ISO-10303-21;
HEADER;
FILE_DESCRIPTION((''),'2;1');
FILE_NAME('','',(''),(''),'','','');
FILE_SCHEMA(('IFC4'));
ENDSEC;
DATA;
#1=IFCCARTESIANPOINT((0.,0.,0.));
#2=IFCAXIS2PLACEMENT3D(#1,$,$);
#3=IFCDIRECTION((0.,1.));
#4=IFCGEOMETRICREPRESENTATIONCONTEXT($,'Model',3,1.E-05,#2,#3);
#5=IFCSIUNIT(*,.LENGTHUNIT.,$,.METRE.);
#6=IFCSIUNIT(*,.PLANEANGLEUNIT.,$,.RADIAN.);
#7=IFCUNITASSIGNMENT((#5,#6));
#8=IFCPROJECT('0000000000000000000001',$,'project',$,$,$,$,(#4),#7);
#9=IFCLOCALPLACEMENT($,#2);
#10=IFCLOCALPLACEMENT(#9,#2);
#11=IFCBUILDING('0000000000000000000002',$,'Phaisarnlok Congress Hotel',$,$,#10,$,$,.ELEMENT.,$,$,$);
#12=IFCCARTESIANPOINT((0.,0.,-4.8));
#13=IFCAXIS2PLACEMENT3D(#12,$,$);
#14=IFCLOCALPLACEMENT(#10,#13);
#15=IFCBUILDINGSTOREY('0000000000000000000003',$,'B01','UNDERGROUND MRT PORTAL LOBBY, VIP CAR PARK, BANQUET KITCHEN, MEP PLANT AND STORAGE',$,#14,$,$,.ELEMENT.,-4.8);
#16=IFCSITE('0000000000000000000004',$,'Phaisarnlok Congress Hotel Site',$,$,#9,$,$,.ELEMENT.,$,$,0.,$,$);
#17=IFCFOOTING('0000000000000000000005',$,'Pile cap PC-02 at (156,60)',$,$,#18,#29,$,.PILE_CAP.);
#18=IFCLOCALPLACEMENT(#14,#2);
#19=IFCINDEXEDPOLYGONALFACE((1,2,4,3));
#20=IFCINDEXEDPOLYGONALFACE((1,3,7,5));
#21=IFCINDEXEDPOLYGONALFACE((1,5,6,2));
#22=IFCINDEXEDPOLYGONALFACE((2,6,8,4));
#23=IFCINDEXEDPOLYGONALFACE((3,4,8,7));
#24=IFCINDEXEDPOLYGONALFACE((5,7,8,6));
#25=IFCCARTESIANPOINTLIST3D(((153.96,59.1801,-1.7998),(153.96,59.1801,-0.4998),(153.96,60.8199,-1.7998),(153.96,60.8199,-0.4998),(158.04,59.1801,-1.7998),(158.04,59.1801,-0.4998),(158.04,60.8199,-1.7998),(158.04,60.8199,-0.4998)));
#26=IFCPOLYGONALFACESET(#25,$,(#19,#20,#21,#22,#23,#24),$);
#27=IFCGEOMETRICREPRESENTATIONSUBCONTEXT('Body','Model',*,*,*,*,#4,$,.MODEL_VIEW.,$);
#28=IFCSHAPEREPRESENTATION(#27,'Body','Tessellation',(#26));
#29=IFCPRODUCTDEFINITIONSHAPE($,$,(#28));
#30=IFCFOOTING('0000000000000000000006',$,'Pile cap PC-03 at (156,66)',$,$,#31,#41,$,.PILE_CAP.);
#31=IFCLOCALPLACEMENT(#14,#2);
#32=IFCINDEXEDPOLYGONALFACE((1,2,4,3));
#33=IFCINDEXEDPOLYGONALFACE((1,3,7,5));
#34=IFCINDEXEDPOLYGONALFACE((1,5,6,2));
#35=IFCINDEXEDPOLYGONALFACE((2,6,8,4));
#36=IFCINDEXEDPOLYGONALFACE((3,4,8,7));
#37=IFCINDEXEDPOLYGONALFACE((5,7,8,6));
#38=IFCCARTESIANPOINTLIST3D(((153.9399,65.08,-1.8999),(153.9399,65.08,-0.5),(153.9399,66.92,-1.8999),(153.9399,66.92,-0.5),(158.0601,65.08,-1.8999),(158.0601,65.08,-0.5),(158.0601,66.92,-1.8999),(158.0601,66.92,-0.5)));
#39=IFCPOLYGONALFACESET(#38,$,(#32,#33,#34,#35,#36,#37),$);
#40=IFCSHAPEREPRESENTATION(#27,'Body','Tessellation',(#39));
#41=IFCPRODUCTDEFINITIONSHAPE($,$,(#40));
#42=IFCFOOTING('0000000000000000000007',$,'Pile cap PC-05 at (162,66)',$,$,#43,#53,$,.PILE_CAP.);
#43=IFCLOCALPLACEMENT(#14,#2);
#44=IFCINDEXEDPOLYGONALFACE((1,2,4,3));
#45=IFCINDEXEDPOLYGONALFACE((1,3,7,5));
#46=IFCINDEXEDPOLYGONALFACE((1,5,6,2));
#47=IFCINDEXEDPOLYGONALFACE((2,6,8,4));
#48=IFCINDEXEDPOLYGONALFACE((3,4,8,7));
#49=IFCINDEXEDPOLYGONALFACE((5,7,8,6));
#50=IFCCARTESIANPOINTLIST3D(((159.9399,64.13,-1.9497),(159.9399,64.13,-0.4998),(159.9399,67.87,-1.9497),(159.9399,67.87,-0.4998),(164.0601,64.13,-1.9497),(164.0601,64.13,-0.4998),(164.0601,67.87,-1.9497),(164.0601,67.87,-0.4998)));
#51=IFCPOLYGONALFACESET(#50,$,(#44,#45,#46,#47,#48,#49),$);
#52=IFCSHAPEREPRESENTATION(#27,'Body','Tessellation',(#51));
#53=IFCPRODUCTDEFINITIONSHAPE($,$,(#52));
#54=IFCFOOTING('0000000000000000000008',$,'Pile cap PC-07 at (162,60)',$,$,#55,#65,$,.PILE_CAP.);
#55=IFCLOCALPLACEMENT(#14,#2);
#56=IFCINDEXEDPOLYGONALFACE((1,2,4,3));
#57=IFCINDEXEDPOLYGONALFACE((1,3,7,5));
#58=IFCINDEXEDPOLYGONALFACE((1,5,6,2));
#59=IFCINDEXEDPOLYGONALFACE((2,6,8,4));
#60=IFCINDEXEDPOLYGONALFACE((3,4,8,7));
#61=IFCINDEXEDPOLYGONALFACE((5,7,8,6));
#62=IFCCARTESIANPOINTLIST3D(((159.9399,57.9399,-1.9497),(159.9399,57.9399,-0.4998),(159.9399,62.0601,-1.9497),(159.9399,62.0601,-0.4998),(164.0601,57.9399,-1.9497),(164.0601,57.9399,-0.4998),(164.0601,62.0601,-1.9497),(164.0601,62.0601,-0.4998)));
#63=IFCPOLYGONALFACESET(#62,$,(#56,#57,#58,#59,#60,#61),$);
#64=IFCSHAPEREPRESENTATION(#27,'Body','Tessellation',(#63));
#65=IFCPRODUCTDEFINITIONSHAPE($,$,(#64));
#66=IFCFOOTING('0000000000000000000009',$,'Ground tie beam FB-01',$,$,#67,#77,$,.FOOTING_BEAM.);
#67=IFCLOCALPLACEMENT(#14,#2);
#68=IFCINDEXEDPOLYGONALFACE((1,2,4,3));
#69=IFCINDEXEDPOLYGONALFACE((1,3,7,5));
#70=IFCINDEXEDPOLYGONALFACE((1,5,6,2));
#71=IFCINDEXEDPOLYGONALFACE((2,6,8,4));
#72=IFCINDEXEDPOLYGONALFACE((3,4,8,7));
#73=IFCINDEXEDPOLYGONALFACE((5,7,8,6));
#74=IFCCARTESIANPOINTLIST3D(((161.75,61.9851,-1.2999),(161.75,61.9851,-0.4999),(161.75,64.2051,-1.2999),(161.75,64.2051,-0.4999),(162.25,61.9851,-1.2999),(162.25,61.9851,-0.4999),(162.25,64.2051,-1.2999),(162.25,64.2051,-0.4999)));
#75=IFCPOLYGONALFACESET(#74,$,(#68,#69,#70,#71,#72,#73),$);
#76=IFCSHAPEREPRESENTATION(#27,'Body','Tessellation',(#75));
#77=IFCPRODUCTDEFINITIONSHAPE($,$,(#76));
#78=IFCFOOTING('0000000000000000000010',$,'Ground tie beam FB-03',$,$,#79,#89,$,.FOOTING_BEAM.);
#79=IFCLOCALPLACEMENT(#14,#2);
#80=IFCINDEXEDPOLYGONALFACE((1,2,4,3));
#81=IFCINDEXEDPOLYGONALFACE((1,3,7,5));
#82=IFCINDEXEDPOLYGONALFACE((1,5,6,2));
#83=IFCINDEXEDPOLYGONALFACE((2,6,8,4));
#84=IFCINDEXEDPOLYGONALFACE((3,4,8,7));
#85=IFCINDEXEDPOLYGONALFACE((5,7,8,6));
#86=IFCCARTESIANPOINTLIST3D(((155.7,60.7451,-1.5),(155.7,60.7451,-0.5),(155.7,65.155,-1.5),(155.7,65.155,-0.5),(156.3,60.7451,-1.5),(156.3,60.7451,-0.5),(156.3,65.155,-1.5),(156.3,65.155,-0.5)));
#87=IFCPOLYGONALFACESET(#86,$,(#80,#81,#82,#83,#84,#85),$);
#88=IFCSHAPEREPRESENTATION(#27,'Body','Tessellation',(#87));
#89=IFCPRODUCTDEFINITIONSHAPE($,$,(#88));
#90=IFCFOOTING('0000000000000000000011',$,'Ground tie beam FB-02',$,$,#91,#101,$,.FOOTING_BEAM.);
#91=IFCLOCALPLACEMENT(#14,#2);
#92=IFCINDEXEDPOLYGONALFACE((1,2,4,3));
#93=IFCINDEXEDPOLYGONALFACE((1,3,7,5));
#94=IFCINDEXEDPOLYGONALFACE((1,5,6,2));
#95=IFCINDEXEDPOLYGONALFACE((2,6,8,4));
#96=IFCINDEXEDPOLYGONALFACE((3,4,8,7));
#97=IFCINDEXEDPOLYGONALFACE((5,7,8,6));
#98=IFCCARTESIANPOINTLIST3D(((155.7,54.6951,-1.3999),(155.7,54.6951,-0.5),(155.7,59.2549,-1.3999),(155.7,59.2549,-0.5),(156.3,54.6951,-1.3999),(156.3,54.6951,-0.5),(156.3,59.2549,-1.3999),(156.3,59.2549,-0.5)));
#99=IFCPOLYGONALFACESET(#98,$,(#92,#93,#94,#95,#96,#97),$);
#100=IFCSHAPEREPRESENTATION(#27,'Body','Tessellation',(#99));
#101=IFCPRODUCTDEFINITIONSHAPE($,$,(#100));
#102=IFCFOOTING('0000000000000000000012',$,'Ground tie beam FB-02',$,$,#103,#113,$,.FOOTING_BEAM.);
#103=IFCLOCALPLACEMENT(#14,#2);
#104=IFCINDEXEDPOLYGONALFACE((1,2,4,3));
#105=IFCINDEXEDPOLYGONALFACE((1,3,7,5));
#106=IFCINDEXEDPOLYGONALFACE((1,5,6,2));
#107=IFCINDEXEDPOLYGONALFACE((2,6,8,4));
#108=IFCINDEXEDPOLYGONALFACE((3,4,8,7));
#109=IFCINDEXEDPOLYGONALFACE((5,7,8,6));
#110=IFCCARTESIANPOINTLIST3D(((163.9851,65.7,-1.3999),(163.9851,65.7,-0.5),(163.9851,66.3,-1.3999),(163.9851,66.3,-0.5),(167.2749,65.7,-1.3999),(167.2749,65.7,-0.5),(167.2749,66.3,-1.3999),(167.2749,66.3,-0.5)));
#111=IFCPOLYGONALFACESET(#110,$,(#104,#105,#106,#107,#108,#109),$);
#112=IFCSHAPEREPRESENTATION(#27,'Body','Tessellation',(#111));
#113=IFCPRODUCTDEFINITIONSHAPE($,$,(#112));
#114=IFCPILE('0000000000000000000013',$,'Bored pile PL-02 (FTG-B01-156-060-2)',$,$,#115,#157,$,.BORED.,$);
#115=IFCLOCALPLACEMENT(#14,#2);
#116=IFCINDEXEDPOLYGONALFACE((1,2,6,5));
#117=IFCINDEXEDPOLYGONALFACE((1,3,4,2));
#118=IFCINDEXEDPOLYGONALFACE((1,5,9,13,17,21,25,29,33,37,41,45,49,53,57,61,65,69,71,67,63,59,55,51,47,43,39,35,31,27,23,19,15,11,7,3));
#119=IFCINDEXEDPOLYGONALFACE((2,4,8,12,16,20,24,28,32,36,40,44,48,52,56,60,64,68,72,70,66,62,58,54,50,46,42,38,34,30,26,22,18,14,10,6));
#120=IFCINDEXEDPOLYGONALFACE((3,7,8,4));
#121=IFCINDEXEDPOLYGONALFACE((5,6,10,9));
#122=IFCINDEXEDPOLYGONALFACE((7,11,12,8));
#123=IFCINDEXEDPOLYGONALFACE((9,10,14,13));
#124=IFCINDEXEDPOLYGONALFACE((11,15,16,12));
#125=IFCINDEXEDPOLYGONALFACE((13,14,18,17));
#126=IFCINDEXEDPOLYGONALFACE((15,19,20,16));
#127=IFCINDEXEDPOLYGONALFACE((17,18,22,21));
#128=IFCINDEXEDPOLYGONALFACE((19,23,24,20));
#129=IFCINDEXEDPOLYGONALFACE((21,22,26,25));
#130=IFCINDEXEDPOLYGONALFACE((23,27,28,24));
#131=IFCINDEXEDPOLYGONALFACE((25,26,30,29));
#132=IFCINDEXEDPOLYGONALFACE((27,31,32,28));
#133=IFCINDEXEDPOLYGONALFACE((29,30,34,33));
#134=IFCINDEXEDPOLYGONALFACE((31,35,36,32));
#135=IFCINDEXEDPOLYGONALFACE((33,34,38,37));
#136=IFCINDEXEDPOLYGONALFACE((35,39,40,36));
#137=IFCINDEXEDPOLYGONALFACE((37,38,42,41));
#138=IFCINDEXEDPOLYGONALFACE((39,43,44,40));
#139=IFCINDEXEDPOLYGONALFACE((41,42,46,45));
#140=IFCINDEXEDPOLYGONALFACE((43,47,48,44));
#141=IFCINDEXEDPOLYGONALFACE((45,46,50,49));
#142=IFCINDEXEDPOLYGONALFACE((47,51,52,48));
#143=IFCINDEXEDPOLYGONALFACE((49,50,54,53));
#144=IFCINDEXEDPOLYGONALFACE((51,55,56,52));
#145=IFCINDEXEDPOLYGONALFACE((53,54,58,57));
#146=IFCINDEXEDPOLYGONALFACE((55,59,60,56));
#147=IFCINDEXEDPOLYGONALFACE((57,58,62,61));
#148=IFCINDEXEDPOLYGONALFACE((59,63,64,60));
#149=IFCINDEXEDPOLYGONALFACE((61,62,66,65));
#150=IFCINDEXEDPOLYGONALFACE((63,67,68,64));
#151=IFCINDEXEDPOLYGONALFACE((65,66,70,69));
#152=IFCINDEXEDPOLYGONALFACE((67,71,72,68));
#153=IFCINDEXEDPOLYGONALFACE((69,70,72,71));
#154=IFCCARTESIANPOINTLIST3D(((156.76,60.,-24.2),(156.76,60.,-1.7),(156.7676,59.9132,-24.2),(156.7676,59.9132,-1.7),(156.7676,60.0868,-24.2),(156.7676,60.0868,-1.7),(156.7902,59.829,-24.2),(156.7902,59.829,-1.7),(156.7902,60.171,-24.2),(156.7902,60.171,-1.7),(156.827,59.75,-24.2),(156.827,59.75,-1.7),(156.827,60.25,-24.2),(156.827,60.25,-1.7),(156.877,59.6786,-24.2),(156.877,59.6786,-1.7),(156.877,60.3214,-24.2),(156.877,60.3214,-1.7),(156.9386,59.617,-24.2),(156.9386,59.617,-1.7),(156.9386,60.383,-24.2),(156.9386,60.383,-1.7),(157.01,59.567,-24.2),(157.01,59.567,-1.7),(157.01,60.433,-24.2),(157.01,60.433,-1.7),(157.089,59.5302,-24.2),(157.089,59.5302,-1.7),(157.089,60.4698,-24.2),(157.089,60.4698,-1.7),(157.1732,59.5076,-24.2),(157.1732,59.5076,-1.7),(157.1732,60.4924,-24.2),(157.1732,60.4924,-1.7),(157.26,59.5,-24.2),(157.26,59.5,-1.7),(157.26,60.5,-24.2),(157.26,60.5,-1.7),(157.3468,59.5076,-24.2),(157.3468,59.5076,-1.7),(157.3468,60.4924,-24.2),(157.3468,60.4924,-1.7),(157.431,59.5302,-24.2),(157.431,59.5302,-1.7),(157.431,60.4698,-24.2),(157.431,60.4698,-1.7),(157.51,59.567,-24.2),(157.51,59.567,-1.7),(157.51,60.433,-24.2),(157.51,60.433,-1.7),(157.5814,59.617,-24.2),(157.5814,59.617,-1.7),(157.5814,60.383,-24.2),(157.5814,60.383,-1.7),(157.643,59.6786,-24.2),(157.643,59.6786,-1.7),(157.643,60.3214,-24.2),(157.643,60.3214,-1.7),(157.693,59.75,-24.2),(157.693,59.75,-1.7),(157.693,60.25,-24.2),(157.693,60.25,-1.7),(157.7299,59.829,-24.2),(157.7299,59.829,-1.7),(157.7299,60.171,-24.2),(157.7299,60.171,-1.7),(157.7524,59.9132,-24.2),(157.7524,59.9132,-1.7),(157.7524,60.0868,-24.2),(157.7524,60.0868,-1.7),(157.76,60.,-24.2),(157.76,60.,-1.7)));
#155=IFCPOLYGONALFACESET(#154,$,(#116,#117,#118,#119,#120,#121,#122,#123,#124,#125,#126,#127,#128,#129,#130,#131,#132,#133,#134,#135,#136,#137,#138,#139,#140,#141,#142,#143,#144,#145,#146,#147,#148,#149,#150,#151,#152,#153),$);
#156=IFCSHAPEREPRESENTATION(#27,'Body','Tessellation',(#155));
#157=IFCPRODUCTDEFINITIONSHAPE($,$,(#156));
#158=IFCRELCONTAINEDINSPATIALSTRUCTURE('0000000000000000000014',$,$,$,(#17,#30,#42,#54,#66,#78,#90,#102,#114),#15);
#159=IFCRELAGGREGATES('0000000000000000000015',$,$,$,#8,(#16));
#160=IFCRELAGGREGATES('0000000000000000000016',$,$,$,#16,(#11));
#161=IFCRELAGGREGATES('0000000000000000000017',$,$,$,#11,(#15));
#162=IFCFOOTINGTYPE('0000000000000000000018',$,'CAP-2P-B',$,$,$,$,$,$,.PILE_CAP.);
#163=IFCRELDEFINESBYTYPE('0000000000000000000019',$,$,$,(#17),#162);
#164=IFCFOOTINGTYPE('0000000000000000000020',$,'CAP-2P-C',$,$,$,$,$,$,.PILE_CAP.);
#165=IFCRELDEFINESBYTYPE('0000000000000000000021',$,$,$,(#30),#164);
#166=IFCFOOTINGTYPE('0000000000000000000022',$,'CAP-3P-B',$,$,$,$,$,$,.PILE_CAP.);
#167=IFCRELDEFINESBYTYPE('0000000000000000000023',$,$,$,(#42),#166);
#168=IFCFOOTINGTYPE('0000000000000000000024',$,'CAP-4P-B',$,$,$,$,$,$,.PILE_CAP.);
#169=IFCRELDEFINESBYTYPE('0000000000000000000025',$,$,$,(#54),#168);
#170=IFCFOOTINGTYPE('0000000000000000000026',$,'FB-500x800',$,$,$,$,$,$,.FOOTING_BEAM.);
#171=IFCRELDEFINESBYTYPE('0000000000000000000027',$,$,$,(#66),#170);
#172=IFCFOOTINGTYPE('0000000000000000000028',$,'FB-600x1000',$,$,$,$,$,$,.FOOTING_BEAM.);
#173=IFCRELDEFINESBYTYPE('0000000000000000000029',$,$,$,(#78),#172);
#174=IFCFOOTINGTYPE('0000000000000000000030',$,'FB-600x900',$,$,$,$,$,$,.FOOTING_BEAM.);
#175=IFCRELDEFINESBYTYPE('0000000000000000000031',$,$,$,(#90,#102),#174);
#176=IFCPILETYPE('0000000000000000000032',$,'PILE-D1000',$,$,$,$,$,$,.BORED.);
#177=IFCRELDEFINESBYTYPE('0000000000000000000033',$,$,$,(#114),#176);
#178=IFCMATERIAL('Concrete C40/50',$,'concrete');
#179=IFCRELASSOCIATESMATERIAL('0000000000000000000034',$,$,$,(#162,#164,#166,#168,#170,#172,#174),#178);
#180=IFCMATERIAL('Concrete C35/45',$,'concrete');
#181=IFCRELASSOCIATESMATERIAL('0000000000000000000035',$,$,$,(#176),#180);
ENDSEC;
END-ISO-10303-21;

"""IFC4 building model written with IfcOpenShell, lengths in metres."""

from ifc_helpers import new_model, si_unit, direction, frame, origin, origin_2d, place, context, subcontext, project, spatial, rectangle, circle, extrude, material, material_profile, profile_set, type_object, element, save


model = new_model("IFC4")

# Units and contexts
model_context = context("Model", 3, precision=1e-05, world=origin(), true_north=direction((0.0, 1.0)))
body_context = subcontext(model_context, "Body", "Model", "MODEL_VIEW")
ifc_project = project(units=[si_unit("LENGTHUNIT", "METRE"), si_unit("PLANEANGLEUNIT", "RADIAN")], contexts=[model_context])

# Site, building, storey
site_placement = place(None, origin())
site = spatial("IfcSite", under=ifc_project, at=site_placement, Name="Phaisarnlok Congress Hotel Site", CompositionType="ELEMENT", RefElevation=0.0)
building_placement = place(site_placement, origin())
building = spatial("IfcBuilding", under=site, at=building_placement, Name="Phaisarnlok Congress Hotel", CompositionType="ELEMENT")
storey_placement = place(building_placement, frame((0.0, 0.0, -4.8)))
storey = spatial("IfcBuildingStorey", under=building, at=storey_placement, Name="B01", Description="UNDERGROUND MRT PORTAL LOBBY, VIP CAR PARK, BANQUET KITCHEN, MEP PLANT AND STORAGE", CompositionType="ELEMENT", Elevation=-4.8)

# Footings
ifc_material_1 = material(Name="Concrete C40/50", Category="concrete")
footing_type_1 = type_object("IfcFootingType", Name="CAP-2P-B", PredefinedType="PILE_CAP", material=ifc_material_1)
footing_1_placement = place(storey_placement, frame((156.0, 60.0, -1.7998), z_axis=(0.0, 0.0, 1.0), x_axis=(1.0, 0.0, 0.0)))
element("IfcFooting", 1, at=footing_1_placement, inside=storey, type_object=footing_type_1, Name="Pile cap PC-02 at (156,60)", PredefinedType="PILE_CAP", context=body_context, shape_type="SweptSolid", body=[
    extrude(rectangle(XDim=4.0801, YDim=1.6399, at=origin_2d()), origin(), (0.0, 0.0, 1.0), 1.3),
])
footing_type_2 = type_object("IfcFootingType", Name="CAP-2P-C", PredefinedType="PILE_CAP", material=ifc_material_1)
footing_2_placement = place(storey_placement, frame((156.0, 66.0, -1.8999), z_axis=(0.0, 0.0, 1.0), x_axis=(1.0, 0.0, 0.0)))
element("IfcFooting", 2, at=footing_2_placement, inside=storey, type_object=footing_type_2, Name="Pile cap PC-03 at (156,66)", PredefinedType="PILE_CAP", context=body_context, shape_type="SweptSolid", body=[
    extrude(rectangle(XDim=4.1201, YDim=1.8401, at=origin_2d()), origin(), (0.0, 0.0, 1.0), 1.3999),
])
footing_type_3 = type_object("IfcFootingType", Name="CAP-3P-B", PredefinedType="PILE_CAP", material=ifc_material_1)
footing_3_placement = place(storey_placement, frame((162.0, 66.0, -1.9497), z_axis=(0.0, 0.0, 1.0), x_axis=(1.0, 0.0, 0.0)))
element("IfcFooting", 3, at=footing_3_placement, inside=storey, type_object=footing_type_3, Name="Pile cap PC-05 at (162,66)", PredefinedType="PILE_CAP", context=body_context, shape_type="SweptSolid", body=[
    extrude(rectangle(XDim=4.1201, YDim=3.74, at=origin_2d()), origin(), (0.0, 0.0, 1.0), 1.45),
])
footing_type_4 = type_object("IfcFootingType", Name="CAP-4P-B", PredefinedType="PILE_CAP", material=ifc_material_1)
footing_4_placement = place(storey_placement, frame((162.0, 60.0, -1.9497), z_axis=(0.0, 0.0, 1.0), x_axis=(1.0, 0.0, 0.0)))
element("IfcFooting", 4, at=footing_4_placement, inside=storey, type_object=footing_type_4, Name="Pile cap PC-07 at (162,60)", PredefinedType="PILE_CAP", context=body_context, shape_type="SweptSolid", body=[
    extrude(rectangle(XDim=4.1201, YDim=4.1201, at=origin_2d()), origin(), (0.0, 0.0, 1.0), 1.45),
])
ifc_material_profile_1 = material_profile(ifc_material_1, rectangle(XDim=0.5, YDim=0.8, at=origin_2d()), Name="FB-500x800")
ifc_profile_set_1 = profile_set([ifc_material_profile_1], Name="Concrete C40/50")
footing_type_5 = type_object("IfcFootingType", Name="FB-500x800", PredefinedType="FOOTING_BEAM", material=ifc_profile_set_1)
footing_5_placement = place(storey_placement, frame((162.0, 61.9851, -0.8999), z_axis=(0.0, 1.0, 0.0), x_axis=(-1.0, 0.0, 0.0)))
element("IfcFooting", 5, at=footing_5_placement, inside=storey, type_object=footing_type_5, Name="Ground tie beam FB-01", PredefinedType="FOOTING_BEAM", context=body_context, shape_type="SweptSolid", body=[
    extrude(rectangle(XDim=0.5, YDim=0.8, at=origin_2d()), origin(), (0.0, 0.0, 1.0), 2.22),
])
ifc_material_profile_2 = material_profile(ifc_material_1, rectangle(XDim=0.6001, YDim=1.0, at=origin_2d()), Name="FB-600x1000")
ifc_profile_set_2 = profile_set([ifc_material_profile_2], Name="Concrete C40/50")
footing_type_6 = type_object("IfcFootingType", Name="FB-600x1000", PredefinedType="FOOTING_BEAM", material=ifc_profile_set_2)
footing_6_placement = place(storey_placement, frame((156.0, 60.7451, -1.0), z_axis=(0.0, 1.0, 0.0), x_axis=(-1.0, 0.0, 0.0)))
element("IfcFooting", 6, at=footing_6_placement, inside=storey, type_object=footing_type_6, Name="Ground tie beam FB-03", PredefinedType="FOOTING_BEAM", context=body_context, shape_type="SweptSolid", body=[
    extrude(rectangle(XDim=0.6001, YDim=1.0, at=origin_2d()), origin(), (0.0, 0.0, 1.0), 4.4099),
])
ifc_material_profile_3 = material_profile(ifc_material_1, rectangle(XDim=0.6001, YDim=0.8999, at=origin_2d()), Name="FB-600x900")
ifc_profile_set_3 = profile_set([ifc_material_profile_3], Name="Concrete C40/50")
footing_type_7 = type_object("IfcFootingType", Name="FB-600x900", PredefinedType="FOOTING_BEAM", material=ifc_profile_set_3)
footing_7_placement = place(storey_placement, frame((156.0, 54.6951, -0.95), z_axis=(0.0, 1.0, 0.0), x_axis=(-1.0, 0.0, 0.0)))
element("IfcFooting", 7, at=footing_7_placement, inside=storey, type_object=footing_type_7, Name="Ground tie beam FB-02", PredefinedType="FOOTING_BEAM", context=body_context, shape_type="SweptSolid", body=[
    extrude(rectangle(XDim=0.6001, YDim=0.8999, at=origin_2d()), origin(), (0.0, 0.0, 1.0), 4.5598),
])
footing_8_placement = place(storey_placement, frame((163.9851, 66.0, -0.95), z_axis=(1.0, 0.0, 0.0), x_axis=(0.0, 1.0, 0.0)))
element("IfcFooting", 8, at=footing_8_placement, inside=storey, type_object=footing_type_7, Name="Ground tie beam FB-02", PredefinedType="FOOTING_BEAM", context=body_context, shape_type="SweptSolid", body=[
    extrude(rectangle(XDim=0.6001, YDim=0.8999, at=origin_2d()), origin(), (0.0, 0.0, 1.0), 3.2898),
])

# Pile
ifc_material_2 = material(Name="Concrete C35/45", Category="concrete")
ifc_material_profile_4 = material_profile(ifc_material_2, circle(Radius=0.5, at=origin_2d()), Name="BORED PILE D1000")
ifc_profile_set_4 = profile_set([ifc_material_profile_4], Name="Concrete C35/45")
pile_type_1 = type_object("IfcPileType", Name="PILE-D1000", PredefinedType="BORED", material=ifc_profile_set_4)
pile_1_placement = place(storey_placement, frame((157.26, 60.0, -1.7), z_axis=(0.0, 0.0, -1.0), x_axis=(1.0, 0.0, 0.0)))
element("IfcPile", 9, at=pile_1_placement, inside=storey, type_object=pile_type_1, Name="Bored pile PL-02 (FTG-B01-156-060-2)", PredefinedType="BORED", context=body_context, shape_type="SweptSolid", body=[
    extrude(circle(Radius=0.5, at=origin_2d()), origin(), (0.0, 0.0, 1.0), 22.5),
])

save(model, "model.ifc")
